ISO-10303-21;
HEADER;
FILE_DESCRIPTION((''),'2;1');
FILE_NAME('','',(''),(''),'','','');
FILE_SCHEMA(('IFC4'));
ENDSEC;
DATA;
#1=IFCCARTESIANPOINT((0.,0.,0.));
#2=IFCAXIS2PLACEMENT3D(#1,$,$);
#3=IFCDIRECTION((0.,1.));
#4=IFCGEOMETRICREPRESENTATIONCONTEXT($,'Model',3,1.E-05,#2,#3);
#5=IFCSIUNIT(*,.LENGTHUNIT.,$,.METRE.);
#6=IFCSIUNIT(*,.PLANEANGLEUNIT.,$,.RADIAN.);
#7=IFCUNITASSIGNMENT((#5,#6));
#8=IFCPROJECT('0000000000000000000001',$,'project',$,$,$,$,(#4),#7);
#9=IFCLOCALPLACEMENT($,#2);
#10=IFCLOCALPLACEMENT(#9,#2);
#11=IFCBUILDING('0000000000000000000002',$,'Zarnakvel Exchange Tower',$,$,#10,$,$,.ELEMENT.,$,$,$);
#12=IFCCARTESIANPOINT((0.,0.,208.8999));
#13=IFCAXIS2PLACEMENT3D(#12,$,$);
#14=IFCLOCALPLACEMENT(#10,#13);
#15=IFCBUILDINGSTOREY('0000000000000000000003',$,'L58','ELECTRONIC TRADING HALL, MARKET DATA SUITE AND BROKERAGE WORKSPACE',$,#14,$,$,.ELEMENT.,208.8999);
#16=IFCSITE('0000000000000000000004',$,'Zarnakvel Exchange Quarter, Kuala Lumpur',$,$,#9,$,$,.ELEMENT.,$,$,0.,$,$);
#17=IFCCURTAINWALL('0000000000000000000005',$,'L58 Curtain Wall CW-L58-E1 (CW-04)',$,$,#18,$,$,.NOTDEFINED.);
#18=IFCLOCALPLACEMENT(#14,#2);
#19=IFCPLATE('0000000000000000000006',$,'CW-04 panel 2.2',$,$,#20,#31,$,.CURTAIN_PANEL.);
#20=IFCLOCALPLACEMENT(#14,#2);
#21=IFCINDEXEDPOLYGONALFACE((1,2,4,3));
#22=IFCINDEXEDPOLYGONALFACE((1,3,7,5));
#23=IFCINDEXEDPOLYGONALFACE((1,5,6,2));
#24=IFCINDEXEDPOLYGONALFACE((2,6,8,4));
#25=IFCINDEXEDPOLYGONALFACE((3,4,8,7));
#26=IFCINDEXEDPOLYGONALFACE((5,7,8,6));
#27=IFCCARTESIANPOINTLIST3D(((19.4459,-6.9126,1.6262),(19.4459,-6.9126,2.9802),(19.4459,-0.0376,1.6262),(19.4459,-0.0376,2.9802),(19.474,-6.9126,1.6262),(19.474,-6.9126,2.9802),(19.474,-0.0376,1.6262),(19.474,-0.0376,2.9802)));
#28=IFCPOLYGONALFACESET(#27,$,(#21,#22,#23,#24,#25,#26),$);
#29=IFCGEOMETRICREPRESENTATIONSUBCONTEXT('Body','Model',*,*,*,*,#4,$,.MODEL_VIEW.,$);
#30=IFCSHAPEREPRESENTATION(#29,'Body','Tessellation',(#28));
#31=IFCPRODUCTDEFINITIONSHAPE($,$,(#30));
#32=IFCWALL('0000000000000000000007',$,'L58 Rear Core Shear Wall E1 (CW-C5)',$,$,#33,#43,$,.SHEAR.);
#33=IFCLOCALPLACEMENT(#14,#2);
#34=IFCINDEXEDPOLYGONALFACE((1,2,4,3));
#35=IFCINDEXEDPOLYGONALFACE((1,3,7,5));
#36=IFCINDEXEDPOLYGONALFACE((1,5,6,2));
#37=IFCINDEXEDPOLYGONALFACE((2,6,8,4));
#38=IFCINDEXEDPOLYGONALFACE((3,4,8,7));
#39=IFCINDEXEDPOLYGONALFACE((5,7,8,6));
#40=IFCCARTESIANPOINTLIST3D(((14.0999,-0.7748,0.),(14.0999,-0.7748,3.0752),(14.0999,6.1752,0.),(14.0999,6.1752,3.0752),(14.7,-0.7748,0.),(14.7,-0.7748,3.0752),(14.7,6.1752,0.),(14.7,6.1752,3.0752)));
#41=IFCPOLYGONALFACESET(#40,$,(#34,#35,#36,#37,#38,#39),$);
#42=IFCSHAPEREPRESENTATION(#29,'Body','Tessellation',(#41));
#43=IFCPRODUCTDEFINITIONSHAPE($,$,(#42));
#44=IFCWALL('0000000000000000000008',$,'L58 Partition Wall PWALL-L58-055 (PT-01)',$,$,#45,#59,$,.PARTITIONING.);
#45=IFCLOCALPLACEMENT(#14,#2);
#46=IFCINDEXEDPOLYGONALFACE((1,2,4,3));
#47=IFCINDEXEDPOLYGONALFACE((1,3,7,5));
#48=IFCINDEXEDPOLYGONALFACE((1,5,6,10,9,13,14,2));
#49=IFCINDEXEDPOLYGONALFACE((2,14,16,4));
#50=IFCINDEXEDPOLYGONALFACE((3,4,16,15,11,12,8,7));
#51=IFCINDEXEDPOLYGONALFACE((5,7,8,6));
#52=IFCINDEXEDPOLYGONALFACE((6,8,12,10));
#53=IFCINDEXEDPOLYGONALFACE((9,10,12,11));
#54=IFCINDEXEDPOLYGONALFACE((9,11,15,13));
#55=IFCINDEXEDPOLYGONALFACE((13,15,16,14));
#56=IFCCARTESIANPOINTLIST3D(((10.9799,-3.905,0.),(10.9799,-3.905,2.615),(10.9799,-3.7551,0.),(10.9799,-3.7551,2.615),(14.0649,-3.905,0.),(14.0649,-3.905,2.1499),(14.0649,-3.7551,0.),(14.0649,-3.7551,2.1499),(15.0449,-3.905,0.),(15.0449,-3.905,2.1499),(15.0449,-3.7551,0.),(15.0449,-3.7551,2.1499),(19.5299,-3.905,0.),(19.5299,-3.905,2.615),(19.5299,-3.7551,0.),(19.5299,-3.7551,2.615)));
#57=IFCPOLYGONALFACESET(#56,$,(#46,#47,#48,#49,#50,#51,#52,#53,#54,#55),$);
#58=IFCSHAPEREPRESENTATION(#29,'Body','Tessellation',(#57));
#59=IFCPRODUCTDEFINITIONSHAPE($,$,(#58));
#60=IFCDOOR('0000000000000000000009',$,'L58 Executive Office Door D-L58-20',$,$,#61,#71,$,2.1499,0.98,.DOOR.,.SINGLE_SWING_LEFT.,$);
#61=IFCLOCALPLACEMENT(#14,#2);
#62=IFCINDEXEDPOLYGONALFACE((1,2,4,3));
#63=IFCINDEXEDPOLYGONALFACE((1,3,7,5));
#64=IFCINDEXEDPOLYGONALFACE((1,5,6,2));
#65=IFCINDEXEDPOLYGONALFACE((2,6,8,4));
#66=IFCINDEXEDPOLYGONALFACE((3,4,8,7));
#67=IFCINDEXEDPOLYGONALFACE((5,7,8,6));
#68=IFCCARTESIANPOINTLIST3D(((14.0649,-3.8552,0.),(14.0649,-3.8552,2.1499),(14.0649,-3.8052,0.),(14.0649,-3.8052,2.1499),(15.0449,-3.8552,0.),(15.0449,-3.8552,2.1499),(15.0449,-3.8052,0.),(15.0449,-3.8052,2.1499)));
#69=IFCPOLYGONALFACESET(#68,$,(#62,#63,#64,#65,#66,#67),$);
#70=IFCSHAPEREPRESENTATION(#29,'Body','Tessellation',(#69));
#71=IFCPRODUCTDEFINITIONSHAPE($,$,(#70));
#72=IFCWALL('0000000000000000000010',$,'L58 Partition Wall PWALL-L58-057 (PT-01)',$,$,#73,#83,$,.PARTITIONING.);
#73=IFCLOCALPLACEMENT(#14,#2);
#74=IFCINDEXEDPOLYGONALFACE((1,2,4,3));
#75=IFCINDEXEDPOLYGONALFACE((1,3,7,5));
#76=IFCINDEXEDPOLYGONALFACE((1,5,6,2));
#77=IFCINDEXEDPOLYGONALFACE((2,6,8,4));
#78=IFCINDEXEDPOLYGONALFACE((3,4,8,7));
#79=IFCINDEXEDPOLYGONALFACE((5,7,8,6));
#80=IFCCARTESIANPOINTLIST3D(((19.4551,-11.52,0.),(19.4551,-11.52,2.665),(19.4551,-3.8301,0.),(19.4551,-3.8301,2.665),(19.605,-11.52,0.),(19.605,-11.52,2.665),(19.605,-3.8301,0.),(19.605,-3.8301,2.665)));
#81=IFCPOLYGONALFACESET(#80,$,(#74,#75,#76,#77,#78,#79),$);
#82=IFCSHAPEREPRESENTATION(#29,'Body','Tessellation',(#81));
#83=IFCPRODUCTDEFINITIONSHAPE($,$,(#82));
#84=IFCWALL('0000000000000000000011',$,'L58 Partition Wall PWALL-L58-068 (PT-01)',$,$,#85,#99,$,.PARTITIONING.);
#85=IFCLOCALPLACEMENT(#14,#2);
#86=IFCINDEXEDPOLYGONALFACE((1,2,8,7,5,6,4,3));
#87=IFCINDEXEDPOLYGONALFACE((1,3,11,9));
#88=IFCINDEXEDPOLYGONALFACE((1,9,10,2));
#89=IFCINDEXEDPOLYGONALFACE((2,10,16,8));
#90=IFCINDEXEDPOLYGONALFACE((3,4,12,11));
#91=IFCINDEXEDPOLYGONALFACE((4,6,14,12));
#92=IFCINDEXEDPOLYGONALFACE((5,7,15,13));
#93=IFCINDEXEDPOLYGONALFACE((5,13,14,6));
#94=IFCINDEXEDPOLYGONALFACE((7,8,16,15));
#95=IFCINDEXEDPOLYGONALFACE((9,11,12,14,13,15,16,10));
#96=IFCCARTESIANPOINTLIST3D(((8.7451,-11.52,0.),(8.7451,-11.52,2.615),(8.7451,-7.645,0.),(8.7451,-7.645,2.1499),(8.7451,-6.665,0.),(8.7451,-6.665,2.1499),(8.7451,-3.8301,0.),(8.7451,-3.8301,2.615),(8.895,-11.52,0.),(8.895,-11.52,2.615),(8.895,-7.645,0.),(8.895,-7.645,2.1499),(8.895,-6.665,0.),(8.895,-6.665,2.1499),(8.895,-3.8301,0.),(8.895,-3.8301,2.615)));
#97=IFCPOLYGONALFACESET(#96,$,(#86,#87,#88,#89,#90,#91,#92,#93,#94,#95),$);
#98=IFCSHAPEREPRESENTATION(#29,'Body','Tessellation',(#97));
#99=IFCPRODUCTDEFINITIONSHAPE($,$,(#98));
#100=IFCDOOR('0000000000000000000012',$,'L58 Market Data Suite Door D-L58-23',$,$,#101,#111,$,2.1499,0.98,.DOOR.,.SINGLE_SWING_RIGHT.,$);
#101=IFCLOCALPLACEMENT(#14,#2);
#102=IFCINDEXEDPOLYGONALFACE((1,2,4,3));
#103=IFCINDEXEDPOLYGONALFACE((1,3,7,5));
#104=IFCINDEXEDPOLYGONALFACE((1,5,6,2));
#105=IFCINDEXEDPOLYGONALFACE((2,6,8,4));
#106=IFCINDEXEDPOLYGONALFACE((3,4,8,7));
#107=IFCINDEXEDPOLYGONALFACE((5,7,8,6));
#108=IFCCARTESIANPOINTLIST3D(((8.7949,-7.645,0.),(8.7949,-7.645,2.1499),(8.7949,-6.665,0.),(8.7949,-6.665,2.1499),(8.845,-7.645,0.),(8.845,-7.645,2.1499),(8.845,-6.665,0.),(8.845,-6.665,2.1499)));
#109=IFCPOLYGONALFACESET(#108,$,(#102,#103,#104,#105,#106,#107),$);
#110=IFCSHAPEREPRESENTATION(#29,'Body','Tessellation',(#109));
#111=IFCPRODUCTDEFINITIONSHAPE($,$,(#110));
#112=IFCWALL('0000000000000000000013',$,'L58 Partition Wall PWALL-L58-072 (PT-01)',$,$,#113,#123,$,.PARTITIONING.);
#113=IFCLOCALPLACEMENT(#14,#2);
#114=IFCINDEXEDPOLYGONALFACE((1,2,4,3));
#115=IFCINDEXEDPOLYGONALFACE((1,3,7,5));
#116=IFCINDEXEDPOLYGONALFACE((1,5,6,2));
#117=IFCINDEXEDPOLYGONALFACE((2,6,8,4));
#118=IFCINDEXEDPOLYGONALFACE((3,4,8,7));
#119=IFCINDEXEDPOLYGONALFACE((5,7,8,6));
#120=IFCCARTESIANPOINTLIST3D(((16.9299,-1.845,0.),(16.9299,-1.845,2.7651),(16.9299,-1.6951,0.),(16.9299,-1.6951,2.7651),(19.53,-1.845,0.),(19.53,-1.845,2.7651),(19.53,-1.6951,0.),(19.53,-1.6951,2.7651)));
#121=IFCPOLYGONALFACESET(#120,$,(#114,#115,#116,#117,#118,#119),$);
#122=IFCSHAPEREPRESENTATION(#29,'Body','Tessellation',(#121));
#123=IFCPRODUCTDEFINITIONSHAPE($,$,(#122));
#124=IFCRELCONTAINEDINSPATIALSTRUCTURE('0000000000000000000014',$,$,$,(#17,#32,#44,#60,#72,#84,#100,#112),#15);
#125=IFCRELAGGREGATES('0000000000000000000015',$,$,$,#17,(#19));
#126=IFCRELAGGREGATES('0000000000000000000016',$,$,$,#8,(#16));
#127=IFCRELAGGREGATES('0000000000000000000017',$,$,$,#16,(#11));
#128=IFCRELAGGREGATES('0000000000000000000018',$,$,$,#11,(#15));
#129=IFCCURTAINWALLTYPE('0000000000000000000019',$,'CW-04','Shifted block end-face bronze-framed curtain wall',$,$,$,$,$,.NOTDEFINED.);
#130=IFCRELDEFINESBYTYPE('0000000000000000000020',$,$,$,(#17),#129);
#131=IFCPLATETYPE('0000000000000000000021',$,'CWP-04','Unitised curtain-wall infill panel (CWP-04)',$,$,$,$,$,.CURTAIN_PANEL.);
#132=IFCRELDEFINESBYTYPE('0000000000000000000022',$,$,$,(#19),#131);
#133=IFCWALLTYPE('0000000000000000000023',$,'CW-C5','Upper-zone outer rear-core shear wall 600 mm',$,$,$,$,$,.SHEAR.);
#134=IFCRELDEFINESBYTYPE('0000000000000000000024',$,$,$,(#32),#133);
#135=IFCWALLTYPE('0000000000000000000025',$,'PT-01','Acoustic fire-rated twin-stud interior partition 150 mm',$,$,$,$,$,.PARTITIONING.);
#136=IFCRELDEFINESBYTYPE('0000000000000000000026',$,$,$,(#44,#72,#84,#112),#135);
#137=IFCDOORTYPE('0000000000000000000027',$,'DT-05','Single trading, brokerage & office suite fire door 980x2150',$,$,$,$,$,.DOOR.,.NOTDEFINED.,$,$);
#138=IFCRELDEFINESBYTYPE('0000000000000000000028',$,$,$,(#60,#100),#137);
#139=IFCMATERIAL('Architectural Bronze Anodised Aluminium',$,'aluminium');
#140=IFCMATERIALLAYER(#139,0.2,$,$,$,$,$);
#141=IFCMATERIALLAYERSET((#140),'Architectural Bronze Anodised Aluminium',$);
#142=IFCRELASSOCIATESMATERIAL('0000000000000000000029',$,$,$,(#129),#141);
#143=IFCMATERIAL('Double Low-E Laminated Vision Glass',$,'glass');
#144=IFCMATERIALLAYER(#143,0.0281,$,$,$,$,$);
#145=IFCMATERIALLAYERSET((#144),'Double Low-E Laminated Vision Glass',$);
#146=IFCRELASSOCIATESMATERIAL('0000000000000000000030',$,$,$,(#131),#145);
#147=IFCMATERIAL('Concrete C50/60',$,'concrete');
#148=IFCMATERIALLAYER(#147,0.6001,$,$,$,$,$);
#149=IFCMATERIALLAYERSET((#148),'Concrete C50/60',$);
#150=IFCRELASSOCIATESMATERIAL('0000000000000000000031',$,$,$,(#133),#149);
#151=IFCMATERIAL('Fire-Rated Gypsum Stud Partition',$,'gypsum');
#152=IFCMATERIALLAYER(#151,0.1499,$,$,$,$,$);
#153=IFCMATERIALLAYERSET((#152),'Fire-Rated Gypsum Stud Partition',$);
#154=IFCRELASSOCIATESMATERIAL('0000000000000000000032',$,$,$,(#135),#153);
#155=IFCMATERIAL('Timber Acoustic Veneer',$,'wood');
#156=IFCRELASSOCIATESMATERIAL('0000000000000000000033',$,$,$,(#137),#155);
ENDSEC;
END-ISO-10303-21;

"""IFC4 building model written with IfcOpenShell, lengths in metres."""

from ifc_helpers import new_model, si_unit, direction, frame, frame_2d, origin, origin_2d, place, context, subcontext, project, spatial, rectangle, extrude, source, transform, mapped, material, layer, layer_set, type_object, element, fill, aggregate, save


model = new_model("IFC4")

# Units and contexts
model_context = context("Model", 3, precision=1e-05, world=origin(), true_north=direction((0.0, 1.0)))
body_context = subcontext(model_context, "Body", "Model", "MODEL_VIEW")
ifc_project = project(units=[si_unit("LENGTHUNIT", "METRE"), si_unit("PLANEANGLEUNIT", "RADIAN")], contexts=[model_context])

# Site, building, storey
site_placement = place(None, origin())
site = spatial("IfcSite", under=ifc_project, at=site_placement, Name="Zarnakvel Exchange Quarter, Kuala Lumpur", CompositionType="ELEMENT", RefElevation=0.0)
building_placement = place(site_placement, origin())
building = spatial("IfcBuilding", under=site, at=building_placement, Name="Zarnakvel Exchange Tower", CompositionType="ELEMENT")
storey_placement = place(building_placement, frame((0.0, 0.0, 208.8999)))
storey = spatial("IfcBuildingStorey", under=building, at=storey_placement, Name="L58", Description="ELECTRONIC TRADING HALL, MARKET DATA SUITE AND BROKERAGE WORKSPACE", CompositionType="ELEMENT", Elevation=208.8999)

# Shared definitions
ifc_material_1 = material(Name="Concrete C50/60", Category="concrete")

# Curtain wall, plate
ifc_material_2 = material(Name="Architectural Bronze Anodised Aluminium", Category="aluminium")
ifc_layer_1 = layer(ifc_material_2, 0.2)
ifc_layer_set_1 = layer_set([ifc_layer_1], Name="Architectural Bronze Anodised Aluminium")
curtain_wall_type = type_object("IfcCurtainWallType", Name="CW-04", Description="Shifted block end-face bronze-framed curtain wall", PredefinedType="NOTDEFINED", material=ifc_layer_set_1)
curtain_wall_placement = place(storey_placement, origin())
curtain_wall = element("IfcCurtainWall", 1, at=curtain_wall_placement, inside=storey, type_object=curtain_wall_type, Name="L58 Curtain Wall CW-L58-E1 (CW-04)", PredefinedType="NOTDEFINED")
ifc_material_3 = material(Name="Double Low-E Laminated Vision Glass", Category="glass")
ifc_layer_2 = layer(ifc_material_3, 0.0281)
ifc_layer_set_2 = layer_set([ifc_layer_2], Name="Double Low-E Laminated Vision Glass")
plate_type = type_object("IfcPlateType", Name="CWP-04", Description="Unitised curtain-wall infill panel (CWP-04)", PredefinedType="CURTAIN_PANEL", material=ifc_layer_set_2)
shared_shape_1 = source(origin(), body_context, "Body", "SweptSolid", [
    extrude(rectangle(XDim=6.875, YDim=0.0281, at=origin_2d()), origin(), (0.0, 0.0, 1.0), 1.354),
])
plate_1_placement = place(storey_placement, frame((19.46, -3.4751, 1.6262), z_axis=(0.0, 0.0, 1.0), x_axis=(0.0, 1.0, 0.0)))
plate_1 = element("IfcPlate", 2, at=plate_1_placement, type_object=plate_type, Name="CW-04 panel 2.2", PredefinedType="CURTAIN_PANEL", context=body_context, shape_type="MappedRepresentation", body=[
    mapped(shared_shape_1, transform((0.0, 0.0, 0.0), x_axis=(1.0, 0.0, 0.0), y_axis=(0.0, 1.0, 0.0), z_axis=(0.0, 0.0, 1.0), scale=1.0)),
])
aggregate(curtain_wall, [plate_1])

# Wall
ifc_layer_3 = layer(ifc_material_1, 0.6001)
ifc_layer_set_3 = layer_set([ifc_layer_3], Name="Concrete C50/60")
wall_type_1 = type_object("IfcWallType", Name="CW-C5", Description="Upper-zone outer rear-core shear wall 600 mm", PredefinedType="SHEAR", material=ifc_layer_set_3)
wall_1_placement = place(storey_placement, frame((14.3999, -0.7749, 0.0), z_axis=(0.0, 0.0, 1.0), x_axis=(0.0, 1.0, 0.0)))
element("IfcWall", 3, at=wall_1_placement, inside=storey, type_object=wall_type_1, Name="L58 Rear Core Shear Wall E1 (CW-C5)", PredefinedType="SHEAR", context=body_context, shape_type="SweptSolid", body=[
    extrude(rectangle(XDim=6.95, YDim=0.6001, at=frame_2d((3.4751, 0.0))), origin(), (0.0, 0.0, 1.0), 3.0752),
])

# Wall, opening, door
ifc_material_4 = material(Name="Fire-Rated Gypsum Stud Partition", Category="gypsum")
ifc_layer_4 = layer(ifc_material_4, 0.1499)
ifc_layer_set_4 = layer_set([ifc_layer_4], Name="Fire-Rated Gypsum Stud Partition")
wall_type_2 = type_object("IfcWallType", Name="PT-01", Description="Acoustic fire-rated twin-stud interior partition 150 mm", PredefinedType="PARTITIONING", material=ifc_layer_set_4)
wall_2_placement = place(storey_placement, frame((10.98, -3.8301, 0.0), z_axis=(0.0, 0.0, 1.0), x_axis=(1.0, 0.0, 0.0)))
wall_2 = element("IfcWall", 4, at=wall_2_placement, inside=storey, type_object=wall_type_2, Name="L58 Partition Wall PWALL-L58-055 (PT-01)", PredefinedType="PARTITIONING", context=body_context, shape_type="SweptSolid", body=[
    extrude(rectangle(XDim=8.55, YDim=0.1499, at=frame_2d((4.2749, 0.0))), origin(), (0.0, 0.0, 1.0), 2.615),
])
opening_1_placement = place(wall_2_placement, frame((3.085, 0.0, 0.0)))
opening_1 = element("IfcOpeningElement", 5, at=opening_1_placement, cuts=wall_2, PredefinedType="OPENING", context=body_context, shape_type="SweptSolid", body=[
    extrude(rectangle(XDim=0.98, YDim=2.1499, at=frame_2d((0.49, 1.075))), frame((0.0, 0.085, 0.0), z_axis=(0.0, -1.0, 0.0), x_axis=(1.0, 0.0, 0.0)), (0.0, 0.0, 1.0), 0.1699),
])
ifc_material_5 = material(Name="Timber Acoustic Veneer", Category="wood")
door_type_1 = type_object("IfcDoorType", Name="DT-05", Description="Single trading, brokerage & office suite fire door 980x2150", OperationType="NOTDEFINED", PredefinedType="DOOR", material=ifc_material_5)
shared_shape_2 = source(origin(), body_context, "Body", "SweptSolid", [
    extrude(rectangle(XDim=0.98, YDim=2.1499, at=frame_2d((0.49, 1.075))), frame((0.0, 0.0249, 0.0), z_axis=(0.0, -1.0, 0.0), x_axis=(1.0, 0.0, 0.0)), (0.0, 0.0, 1.0), 0.05),
])
door_1_placement = place(opening_1_placement, origin())
door_1 = element("IfcDoor", 6, at=door_1_placement, inside=storey, type_object=door_type_1, Name="L58 Executive Office Door D-L58-20", OperationType="SINGLE_SWING_LEFT", OverallHeight=2.1499, OverallWidth=0.98, PredefinedType="DOOR", context=body_context, shape_type="MappedRepresentation", body=[
    mapped(shared_shape_2, transform((0.0, 0.0, 0.0), x_axis=(1.0, 0.0, 0.0), y_axis=(0.0, 1.0, 0.0), z_axis=(0.0, 0.0, 1.0), scale=1.0)),
])
fill(opening_1, door_1)

# Wall
wall_3_placement = place(storey_placement, frame((19.53, -3.8301, 0.0), z_axis=(0.0, 0.0, 1.0), x_axis=(0.0, -1.0, 0.0)))
element("IfcWall", 7, at=wall_3_placement, inside=storey, type_object=wall_type_2, Name="L58 Partition Wall PWALL-L58-057 (PT-01)", PredefinedType="PARTITIONING", context=body_context, shape_type="SweptSolid", body=[
    extrude(rectangle(XDim=7.6899, YDim=0.1499, at=frame_2d((3.845, 0.0))), origin(), (0.0, 0.0, 1.0), 2.665),
])

# Wall, opening, door
wall_4_placement = place(storey_placement, frame((8.8201, -3.8301, 0.0), z_axis=(0.0, 0.0, 1.0), x_axis=(0.0, -1.0, 0.0)))
wall_4 = element("IfcWall", 8, at=wall_4_placement, inside=storey, type_object=wall_type_2, Name="L58 Partition Wall PWALL-L58-068 (PT-01)", PredefinedType="PARTITIONING", context=body_context, shape_type="SweptSolid", body=[
    extrude(rectangle(XDim=7.6899, YDim=0.1499, at=frame_2d((3.845, 0.0))), origin(), (0.0, 0.0, 1.0), 2.615),
])
opening_2_placement = place(wall_4_placement, frame((2.835, 0.0, 0.0)))
opening_2 = element("IfcOpeningElement", 9, at=opening_2_placement, cuts=wall_4, PredefinedType="OPENING", context=body_context, shape_type="SweptSolid", body=[
    extrude(rectangle(XDim=0.98, YDim=2.1499, at=frame_2d((0.49, 1.075))), frame((0.0, 0.085, 0.0), z_axis=(0.0, -1.0, 0.0), x_axis=(1.0, 0.0, 0.0)), (0.0, 0.0, 1.0), 0.1699),
])
door_2_placement = place(opening_2_placement, origin())
door_2 = element("IfcDoor", 10, at=door_2_placement, inside=storey, type_object=door_type_1, Name="L58 Market Data Suite Door D-L58-23", OperationType="SINGLE_SWING_RIGHT", OverallHeight=2.1499, OverallWidth=0.98, PredefinedType="DOOR", context=body_context, shape_type="MappedRepresentation", body=[
    mapped(shared_shape_2, transform((0.0, 0.0, 0.0), x_axis=(1.0, 0.0, 0.0), y_axis=(0.0, 1.0, 0.0), z_axis=(0.0, 0.0, 1.0), scale=1.0)),
])
fill(opening_2, door_2)

# Wall
wall_5_placement = place(storey_placement, frame((19.53, -1.77, 0.0), z_axis=(0.0, 0.0, 1.0), x_axis=(-1.0, 0.0, 0.0)))
element("IfcWall", 11, at=wall_5_placement, inside=storey, type_object=wall_type_2, Name="L58 Partition Wall PWALL-L58-072 (PT-01)", PredefinedType="PARTITIONING", context=body_context, shape_type="SweptSolid", body=[
    extrude(rectangle(XDim=2.6001, YDim=0.1499, at=frame_2d((1.3, 0.0))), origin(), (0.0, 0.0, 1.0), 2.7651),
])

save(model, "model.ifc")
